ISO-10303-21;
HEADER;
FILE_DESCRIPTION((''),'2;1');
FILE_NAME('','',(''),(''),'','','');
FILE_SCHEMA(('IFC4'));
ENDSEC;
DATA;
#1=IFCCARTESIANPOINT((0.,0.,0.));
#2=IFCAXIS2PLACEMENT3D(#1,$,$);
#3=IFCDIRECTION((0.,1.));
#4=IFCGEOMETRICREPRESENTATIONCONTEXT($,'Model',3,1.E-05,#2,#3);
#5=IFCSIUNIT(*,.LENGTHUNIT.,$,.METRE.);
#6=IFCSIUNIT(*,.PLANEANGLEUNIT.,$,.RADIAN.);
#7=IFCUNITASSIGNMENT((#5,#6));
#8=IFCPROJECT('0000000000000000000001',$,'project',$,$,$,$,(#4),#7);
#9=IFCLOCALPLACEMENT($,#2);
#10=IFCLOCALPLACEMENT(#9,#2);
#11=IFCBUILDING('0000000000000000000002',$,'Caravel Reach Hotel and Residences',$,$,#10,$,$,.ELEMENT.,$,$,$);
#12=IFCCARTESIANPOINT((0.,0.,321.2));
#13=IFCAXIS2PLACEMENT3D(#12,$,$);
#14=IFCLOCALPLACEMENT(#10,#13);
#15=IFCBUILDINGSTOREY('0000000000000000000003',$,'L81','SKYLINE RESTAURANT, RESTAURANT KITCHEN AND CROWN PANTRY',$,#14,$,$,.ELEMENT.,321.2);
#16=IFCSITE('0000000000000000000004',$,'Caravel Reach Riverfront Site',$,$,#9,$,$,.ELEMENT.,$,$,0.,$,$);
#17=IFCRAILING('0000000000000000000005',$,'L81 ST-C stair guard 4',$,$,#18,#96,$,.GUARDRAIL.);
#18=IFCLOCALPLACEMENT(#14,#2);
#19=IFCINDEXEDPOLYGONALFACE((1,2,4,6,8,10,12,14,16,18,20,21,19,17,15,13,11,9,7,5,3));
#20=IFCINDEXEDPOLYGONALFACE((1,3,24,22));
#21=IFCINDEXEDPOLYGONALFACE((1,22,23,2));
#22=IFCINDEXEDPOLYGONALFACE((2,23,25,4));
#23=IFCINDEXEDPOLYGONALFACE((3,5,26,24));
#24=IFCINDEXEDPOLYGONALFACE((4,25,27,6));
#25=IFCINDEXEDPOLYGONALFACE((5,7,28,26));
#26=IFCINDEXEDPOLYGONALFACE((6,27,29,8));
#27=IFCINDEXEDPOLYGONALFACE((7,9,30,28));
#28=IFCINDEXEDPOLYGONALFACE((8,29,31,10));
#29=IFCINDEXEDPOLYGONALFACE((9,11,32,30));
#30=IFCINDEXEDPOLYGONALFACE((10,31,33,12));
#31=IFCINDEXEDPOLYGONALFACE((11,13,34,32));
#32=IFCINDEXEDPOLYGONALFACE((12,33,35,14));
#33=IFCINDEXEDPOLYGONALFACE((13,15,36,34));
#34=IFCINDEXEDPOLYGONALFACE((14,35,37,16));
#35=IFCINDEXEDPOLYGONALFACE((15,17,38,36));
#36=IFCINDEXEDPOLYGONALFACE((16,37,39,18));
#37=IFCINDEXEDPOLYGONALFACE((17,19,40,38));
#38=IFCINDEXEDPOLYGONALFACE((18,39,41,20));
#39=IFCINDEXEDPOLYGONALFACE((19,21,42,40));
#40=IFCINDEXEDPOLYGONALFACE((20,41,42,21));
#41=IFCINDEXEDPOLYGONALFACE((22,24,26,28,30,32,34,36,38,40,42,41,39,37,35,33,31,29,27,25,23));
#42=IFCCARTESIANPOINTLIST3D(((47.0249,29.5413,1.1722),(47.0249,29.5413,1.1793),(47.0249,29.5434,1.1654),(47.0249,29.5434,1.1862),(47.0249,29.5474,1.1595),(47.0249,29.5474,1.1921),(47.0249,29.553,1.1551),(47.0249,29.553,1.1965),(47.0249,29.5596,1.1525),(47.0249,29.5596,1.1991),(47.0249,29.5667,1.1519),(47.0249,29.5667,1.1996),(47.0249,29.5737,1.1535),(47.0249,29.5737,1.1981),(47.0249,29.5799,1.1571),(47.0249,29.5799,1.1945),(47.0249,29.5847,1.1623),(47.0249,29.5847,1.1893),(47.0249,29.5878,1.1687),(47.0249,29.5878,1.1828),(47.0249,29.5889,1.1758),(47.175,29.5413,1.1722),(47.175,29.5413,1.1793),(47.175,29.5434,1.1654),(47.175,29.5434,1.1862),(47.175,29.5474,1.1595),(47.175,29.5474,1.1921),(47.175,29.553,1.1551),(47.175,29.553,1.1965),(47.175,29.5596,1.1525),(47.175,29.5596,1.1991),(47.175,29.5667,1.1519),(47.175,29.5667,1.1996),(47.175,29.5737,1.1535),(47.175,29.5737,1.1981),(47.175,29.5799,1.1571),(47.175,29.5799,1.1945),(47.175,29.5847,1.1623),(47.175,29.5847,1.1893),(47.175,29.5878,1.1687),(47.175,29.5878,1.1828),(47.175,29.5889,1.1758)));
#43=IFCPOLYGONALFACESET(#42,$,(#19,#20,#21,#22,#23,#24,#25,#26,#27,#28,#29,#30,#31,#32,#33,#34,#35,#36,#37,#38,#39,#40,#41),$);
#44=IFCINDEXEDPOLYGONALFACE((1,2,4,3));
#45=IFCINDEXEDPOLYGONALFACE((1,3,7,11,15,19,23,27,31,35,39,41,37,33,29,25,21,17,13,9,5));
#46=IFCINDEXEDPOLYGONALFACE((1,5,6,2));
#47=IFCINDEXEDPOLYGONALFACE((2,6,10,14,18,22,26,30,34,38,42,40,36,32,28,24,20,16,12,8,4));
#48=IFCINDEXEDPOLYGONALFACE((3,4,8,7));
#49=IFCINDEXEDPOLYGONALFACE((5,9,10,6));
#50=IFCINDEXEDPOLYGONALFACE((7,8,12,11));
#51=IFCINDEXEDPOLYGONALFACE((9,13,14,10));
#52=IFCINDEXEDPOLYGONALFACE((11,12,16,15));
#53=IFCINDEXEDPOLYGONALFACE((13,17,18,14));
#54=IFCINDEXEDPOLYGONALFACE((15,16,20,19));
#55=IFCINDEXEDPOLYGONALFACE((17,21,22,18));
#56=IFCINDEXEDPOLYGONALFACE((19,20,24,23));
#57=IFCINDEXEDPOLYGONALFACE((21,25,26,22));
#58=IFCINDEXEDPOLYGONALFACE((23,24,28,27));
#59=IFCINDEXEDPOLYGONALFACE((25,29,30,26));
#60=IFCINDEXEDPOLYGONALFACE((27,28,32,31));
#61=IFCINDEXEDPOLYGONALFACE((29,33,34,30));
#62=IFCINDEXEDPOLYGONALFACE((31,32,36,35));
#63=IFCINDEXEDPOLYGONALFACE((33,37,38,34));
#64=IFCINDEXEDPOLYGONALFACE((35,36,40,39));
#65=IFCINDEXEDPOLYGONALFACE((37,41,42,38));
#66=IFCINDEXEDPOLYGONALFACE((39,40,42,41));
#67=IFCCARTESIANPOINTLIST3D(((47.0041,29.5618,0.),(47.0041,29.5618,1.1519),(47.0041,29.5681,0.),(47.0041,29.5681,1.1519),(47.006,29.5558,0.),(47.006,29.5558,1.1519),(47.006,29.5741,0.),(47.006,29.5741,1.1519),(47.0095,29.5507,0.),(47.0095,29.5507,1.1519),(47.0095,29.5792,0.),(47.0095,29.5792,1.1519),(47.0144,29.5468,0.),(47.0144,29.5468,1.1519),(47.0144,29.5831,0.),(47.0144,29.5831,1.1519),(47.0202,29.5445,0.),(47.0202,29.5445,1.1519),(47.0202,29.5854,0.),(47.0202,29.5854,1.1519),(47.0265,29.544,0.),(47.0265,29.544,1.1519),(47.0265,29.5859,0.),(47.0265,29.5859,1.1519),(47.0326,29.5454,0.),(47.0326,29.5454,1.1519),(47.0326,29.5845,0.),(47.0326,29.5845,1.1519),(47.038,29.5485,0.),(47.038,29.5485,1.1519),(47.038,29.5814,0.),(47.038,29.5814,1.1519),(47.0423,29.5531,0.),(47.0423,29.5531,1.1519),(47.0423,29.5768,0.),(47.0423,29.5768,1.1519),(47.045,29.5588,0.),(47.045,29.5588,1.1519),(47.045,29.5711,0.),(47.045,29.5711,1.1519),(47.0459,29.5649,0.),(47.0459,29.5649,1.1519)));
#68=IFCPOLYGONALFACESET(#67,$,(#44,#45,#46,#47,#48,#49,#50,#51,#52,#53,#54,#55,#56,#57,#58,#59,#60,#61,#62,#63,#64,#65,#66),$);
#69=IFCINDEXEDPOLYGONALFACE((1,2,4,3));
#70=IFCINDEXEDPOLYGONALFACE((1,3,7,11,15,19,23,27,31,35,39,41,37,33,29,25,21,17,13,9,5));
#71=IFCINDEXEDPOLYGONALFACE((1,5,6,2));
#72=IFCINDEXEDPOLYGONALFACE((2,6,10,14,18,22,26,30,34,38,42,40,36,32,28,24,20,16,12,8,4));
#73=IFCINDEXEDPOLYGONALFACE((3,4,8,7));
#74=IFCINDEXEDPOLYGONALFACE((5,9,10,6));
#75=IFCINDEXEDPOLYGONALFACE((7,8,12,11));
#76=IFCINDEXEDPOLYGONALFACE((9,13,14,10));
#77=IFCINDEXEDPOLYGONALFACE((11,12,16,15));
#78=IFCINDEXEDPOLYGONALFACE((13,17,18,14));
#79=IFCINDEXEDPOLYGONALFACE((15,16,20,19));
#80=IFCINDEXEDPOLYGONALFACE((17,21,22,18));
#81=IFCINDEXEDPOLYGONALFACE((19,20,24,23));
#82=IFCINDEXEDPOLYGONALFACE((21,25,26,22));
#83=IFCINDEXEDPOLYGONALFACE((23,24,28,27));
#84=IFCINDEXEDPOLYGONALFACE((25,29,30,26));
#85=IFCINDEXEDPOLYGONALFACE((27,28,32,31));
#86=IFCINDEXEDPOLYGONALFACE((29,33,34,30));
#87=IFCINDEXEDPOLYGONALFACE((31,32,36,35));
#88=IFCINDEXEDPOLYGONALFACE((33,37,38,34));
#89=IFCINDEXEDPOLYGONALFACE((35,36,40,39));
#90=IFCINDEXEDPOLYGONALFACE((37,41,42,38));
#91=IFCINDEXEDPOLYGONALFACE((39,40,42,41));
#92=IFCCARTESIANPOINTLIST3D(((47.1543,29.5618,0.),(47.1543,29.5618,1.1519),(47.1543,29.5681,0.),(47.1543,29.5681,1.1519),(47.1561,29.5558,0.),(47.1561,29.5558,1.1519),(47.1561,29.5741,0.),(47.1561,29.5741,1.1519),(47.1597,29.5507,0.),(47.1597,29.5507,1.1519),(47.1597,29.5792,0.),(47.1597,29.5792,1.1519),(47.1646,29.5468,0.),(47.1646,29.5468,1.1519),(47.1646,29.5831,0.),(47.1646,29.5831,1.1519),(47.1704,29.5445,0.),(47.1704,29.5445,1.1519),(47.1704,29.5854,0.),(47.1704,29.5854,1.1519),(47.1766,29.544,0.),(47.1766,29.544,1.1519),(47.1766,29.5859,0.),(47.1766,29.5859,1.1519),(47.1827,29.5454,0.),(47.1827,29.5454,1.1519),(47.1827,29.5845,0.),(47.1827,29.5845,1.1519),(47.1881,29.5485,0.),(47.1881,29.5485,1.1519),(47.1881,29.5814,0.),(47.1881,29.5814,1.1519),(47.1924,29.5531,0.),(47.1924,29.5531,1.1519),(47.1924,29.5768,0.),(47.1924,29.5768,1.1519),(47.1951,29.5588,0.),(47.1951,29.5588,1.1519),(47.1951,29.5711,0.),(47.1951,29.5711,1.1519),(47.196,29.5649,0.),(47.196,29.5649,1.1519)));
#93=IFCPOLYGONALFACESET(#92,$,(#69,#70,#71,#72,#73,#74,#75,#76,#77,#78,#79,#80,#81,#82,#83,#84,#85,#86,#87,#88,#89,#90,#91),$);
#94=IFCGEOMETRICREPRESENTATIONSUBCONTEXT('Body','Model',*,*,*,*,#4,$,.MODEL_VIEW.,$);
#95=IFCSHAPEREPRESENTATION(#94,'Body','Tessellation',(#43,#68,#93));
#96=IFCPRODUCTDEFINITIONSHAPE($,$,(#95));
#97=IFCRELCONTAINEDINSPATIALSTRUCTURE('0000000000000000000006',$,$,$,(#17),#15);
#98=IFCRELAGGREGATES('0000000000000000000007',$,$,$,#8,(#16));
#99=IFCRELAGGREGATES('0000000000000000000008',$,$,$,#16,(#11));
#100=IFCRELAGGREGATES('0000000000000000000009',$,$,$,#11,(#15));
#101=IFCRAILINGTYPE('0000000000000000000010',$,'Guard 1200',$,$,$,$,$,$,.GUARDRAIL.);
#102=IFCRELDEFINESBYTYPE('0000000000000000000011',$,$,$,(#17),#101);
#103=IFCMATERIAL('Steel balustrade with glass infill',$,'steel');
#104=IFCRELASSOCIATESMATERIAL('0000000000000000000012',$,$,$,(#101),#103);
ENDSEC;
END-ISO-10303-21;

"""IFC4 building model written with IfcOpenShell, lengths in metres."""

from ifc_helpers import new_model, si_unit, direction, frame, origin, origin_2d, place, context, subcontext, project, spatial, circle, extrude, material, type_object, element, save


model = new_model("IFC4")

# Units and contexts
model_context = context("Model", 3, precision=1e-05, world=origin(), true_north=direction((0.0, 1.0)))
body_context = subcontext(model_context, "Body", "Model", "MODEL_VIEW")
ifc_project = project(units=[si_unit("LENGTHUNIT", "METRE"), si_unit("PLANEANGLEUNIT", "RADIAN")], contexts=[model_context])

# Site, building, storey
site_placement = place(None, origin())
site = spatial("IfcSite", under=ifc_project, at=site_placement, Name="Caravel Reach Riverfront Site", CompositionType="ELEMENT", RefElevation=0.0)
building_placement = place(site_placement, origin())
building = spatial("IfcBuilding", under=site, at=building_placement, Name="Caravel Reach Hotel and Residences", CompositionType="ELEMENT")
storey_placement = place(building_placement, frame((0.0, 0.0, 321.2)))
storey = spatial("IfcBuildingStorey", under=building, at=storey_placement, Name="L81", Description="SKYLINE RESTAURANT, RESTAURANT KITCHEN AND CROWN PANTRY", CompositionType="ELEMENT", Elevation=321.2)

# Railing
ifc_material_1 = material(Name="Steel balustrade with glass infill", Category="steel")
railing_type_1 = type_object("IfcRailingType", Name="Guard 1200", PredefinedType="GUARDRAIL", material=ifc_material_1)
railing_1_placement = place(storey_placement, frame((47.0249, 29.5649, 0.0)))
element("IfcRailing", 1, at=railing_1_placement, inside=storey, type_object=railing_type_1, Name="L81 ST-C stair guard 4", PredefinedType="GUARDRAIL", context=body_context, shape_type="SweptSolid", body=[
    extrude(circle(Radius=0.0239, at=origin_2d()), frame((0.0, 0.0, 1.1758), z_axis=(1.0, 0.0, 0.0), x_axis=(0.0, 1.0, 0.0)), (0.0, 0.0, 1.0), 0.1501),
    extrude(circle(Radius=0.021, at=origin_2d()), origin(), (0.0, 0.0, 1.0), 1.1519),
    extrude(circle(Radius=0.021, at=origin_2d()), frame((0.1501, 0.0, 0.0)), (0.0, 0.0, 1.0), 1.1519),
])

save(model, "model.ifc")
